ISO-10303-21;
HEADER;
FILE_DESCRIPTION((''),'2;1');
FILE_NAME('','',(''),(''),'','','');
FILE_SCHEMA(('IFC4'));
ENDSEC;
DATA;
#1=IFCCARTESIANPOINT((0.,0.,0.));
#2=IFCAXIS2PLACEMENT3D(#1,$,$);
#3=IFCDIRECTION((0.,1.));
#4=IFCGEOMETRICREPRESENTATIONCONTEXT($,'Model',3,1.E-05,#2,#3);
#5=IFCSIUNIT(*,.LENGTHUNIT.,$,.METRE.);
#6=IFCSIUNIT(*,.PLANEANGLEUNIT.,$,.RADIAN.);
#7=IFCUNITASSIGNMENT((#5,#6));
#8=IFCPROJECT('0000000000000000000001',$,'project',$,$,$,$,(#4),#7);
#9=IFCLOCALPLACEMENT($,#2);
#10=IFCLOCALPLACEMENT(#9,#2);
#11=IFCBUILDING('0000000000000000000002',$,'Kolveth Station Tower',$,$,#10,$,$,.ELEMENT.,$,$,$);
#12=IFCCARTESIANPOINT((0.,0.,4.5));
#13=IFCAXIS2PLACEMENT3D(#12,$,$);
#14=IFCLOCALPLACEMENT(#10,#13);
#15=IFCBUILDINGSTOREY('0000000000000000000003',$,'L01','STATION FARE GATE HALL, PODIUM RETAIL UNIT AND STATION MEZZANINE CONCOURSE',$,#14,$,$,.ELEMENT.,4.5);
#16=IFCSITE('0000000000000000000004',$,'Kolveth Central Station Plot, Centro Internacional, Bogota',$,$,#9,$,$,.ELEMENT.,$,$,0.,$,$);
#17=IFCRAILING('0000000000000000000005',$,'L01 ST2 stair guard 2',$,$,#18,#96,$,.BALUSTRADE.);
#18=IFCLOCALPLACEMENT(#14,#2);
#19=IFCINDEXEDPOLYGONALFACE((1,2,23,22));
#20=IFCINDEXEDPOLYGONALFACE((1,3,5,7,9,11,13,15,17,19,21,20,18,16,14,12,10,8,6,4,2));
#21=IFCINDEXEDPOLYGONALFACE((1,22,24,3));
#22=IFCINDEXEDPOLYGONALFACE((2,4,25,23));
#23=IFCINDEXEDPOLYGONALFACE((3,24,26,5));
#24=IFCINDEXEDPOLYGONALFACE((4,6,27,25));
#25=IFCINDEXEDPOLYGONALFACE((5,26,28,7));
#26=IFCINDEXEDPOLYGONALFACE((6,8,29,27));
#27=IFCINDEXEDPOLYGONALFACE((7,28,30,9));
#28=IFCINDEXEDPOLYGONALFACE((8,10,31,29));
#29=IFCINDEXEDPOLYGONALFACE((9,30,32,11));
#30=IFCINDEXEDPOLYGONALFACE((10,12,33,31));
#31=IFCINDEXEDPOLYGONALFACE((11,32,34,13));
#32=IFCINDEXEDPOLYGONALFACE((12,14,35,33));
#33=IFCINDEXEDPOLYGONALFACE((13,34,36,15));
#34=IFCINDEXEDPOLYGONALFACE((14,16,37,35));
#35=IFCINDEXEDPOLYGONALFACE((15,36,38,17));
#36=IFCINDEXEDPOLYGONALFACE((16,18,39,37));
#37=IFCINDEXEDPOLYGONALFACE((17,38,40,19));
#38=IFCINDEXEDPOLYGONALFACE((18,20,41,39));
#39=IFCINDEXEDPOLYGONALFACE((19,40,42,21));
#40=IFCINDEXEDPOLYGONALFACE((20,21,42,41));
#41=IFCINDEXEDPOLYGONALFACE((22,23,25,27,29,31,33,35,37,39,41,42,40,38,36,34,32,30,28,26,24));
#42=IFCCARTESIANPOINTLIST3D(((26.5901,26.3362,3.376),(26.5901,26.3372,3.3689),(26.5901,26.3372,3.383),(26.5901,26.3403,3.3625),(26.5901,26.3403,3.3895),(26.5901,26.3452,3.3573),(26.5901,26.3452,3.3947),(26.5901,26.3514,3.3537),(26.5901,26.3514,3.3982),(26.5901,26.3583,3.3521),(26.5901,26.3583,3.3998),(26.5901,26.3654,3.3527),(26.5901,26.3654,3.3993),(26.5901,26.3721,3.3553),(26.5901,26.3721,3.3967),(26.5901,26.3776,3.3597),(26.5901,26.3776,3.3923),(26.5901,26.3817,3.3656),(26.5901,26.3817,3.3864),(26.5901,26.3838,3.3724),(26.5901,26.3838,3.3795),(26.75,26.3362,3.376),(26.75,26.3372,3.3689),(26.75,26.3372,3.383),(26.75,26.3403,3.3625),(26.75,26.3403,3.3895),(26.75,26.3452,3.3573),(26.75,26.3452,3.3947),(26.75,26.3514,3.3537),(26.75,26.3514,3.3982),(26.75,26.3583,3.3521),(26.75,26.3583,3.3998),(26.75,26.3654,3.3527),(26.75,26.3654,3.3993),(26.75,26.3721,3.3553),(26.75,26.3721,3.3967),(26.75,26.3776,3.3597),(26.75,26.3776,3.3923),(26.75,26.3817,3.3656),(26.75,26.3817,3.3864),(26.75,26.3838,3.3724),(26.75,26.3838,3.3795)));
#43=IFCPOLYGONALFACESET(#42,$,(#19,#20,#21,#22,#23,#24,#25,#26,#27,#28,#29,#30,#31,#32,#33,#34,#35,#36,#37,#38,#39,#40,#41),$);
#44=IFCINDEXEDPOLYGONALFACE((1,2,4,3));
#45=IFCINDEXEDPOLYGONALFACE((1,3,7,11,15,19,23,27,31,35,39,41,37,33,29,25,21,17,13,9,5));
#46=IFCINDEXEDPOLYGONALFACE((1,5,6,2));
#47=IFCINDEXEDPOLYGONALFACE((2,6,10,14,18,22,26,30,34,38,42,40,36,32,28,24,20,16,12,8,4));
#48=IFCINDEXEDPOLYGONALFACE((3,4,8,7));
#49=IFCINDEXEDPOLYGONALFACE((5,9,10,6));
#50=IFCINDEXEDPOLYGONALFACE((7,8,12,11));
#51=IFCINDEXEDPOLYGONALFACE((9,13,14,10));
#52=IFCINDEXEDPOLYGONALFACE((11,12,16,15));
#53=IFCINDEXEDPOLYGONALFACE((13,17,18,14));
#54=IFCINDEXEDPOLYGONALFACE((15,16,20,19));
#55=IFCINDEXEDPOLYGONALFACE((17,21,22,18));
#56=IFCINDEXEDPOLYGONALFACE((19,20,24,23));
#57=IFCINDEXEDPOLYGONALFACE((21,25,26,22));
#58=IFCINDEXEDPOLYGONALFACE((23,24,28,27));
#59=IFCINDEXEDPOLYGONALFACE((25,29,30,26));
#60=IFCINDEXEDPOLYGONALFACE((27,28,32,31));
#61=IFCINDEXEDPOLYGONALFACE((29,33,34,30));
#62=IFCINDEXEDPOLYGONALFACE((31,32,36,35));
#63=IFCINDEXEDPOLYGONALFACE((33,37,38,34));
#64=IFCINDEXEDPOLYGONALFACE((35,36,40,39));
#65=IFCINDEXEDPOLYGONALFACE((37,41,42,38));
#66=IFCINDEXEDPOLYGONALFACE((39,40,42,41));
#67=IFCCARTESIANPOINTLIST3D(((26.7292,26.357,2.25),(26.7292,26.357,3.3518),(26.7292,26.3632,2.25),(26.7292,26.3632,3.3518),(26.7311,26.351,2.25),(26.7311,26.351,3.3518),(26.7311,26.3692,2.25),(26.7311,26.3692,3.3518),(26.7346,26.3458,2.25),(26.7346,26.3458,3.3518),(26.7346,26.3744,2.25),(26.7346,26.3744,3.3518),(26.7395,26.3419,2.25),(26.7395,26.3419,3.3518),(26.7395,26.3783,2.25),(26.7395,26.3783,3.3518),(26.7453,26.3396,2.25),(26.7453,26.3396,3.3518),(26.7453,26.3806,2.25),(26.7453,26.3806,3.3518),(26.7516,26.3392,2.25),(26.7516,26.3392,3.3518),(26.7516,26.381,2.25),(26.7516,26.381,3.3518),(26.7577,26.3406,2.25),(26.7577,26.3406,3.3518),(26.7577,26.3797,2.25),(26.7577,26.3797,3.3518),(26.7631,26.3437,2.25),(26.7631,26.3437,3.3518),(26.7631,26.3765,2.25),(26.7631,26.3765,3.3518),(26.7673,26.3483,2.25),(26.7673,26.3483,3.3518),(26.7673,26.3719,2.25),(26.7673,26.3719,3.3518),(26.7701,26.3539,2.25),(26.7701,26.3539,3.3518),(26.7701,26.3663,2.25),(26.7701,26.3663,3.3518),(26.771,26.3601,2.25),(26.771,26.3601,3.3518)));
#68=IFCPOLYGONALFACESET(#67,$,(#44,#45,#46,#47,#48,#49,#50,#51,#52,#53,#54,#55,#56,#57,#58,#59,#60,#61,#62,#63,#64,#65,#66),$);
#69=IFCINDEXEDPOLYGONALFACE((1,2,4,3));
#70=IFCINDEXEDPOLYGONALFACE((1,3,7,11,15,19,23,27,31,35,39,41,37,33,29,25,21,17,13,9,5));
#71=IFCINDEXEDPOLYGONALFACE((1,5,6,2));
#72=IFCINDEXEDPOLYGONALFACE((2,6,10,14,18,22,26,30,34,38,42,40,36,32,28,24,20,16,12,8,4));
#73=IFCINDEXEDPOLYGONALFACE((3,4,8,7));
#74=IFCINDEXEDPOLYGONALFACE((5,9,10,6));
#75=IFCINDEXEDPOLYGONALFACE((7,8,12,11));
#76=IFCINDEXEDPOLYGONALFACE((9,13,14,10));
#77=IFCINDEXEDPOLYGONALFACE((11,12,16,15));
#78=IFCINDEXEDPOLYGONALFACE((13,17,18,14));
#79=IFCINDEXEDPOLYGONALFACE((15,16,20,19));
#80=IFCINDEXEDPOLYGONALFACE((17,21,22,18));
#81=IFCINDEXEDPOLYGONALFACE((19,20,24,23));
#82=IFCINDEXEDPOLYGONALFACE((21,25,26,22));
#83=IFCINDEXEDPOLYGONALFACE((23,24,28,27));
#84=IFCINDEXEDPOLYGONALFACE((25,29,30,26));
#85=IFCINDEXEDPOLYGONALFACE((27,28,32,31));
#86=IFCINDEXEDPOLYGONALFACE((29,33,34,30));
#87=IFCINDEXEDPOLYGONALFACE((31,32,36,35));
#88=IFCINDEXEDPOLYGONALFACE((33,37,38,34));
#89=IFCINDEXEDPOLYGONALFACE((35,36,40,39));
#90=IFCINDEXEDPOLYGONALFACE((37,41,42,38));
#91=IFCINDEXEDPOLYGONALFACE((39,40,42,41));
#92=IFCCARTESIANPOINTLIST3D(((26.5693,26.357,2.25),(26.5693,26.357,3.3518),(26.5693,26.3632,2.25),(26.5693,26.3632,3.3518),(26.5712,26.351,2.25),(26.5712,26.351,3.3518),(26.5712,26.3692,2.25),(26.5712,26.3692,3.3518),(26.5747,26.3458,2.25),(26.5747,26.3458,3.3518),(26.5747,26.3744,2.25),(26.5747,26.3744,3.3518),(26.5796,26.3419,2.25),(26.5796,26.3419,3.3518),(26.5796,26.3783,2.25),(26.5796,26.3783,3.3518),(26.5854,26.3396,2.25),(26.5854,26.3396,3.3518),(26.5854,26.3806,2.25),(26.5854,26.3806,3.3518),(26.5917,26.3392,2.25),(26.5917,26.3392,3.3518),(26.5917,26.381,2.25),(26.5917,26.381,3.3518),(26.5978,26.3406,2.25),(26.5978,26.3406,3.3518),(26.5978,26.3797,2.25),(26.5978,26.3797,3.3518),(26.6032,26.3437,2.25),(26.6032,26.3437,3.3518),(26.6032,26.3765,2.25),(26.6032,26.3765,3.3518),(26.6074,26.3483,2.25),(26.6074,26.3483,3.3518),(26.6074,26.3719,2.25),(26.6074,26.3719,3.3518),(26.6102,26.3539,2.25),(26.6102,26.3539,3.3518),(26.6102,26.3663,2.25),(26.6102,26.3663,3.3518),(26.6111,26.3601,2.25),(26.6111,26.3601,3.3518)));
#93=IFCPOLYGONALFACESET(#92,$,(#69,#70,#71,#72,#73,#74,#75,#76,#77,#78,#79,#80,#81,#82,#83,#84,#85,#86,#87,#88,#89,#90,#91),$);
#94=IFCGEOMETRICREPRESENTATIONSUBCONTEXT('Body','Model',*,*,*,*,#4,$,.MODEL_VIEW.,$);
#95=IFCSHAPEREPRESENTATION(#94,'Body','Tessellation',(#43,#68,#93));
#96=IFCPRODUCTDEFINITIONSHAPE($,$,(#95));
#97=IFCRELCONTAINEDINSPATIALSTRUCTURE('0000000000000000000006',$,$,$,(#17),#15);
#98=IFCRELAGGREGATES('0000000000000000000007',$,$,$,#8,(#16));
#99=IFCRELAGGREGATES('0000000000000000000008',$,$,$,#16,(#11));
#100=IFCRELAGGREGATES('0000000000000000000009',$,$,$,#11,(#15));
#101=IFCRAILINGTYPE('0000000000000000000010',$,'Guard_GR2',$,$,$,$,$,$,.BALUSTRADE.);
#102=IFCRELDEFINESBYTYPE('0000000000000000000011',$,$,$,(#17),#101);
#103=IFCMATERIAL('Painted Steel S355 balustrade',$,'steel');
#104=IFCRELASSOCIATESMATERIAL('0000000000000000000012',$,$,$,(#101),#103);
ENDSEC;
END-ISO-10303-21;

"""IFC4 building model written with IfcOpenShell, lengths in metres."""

from ifc_helpers import new_model, si_unit, direction, frame, origin, origin_2d, place, context, subcontext, project, spatial, circle, extrude, material, type_object, element, save


model = new_model("IFC4")

# Units and contexts
model_context = context("Model", 3, precision=1e-05, world=origin(), true_north=direction((0.0, 1.0)))
body_context = subcontext(model_context, "Body", "Model", "MODEL_VIEW")
ifc_project = project(units=[si_unit("LENGTHUNIT", "METRE"), si_unit("PLANEANGLEUNIT", "RADIAN")], contexts=[model_context])

# Site, building, storey
site_placement = place(None, origin())
site = spatial("IfcSite", under=ifc_project, at=site_placement, Name="Kolveth Central Station Plot, Centro Internacional, Bogota", CompositionType="ELEMENT", RefElevation=0.0)
building_placement = place(site_placement, origin())
building = spatial("IfcBuilding", under=site, at=building_placement, Name="Kolveth Station Tower", CompositionType="ELEMENT")
storey_placement = place(building_placement, frame((0.0, 0.0, 4.5)))
storey = spatial("IfcBuildingStorey", under=building, at=storey_placement, Name="L01", Description="STATION FARE GATE HALL, PODIUM RETAIL UNIT AND STATION MEZZANINE CONCOURSE", CompositionType="ELEMENT", Elevation=4.5)

# Railing
ifc_material_1 = material(Name="Painted Steel S355 balustrade", Category="steel")
railing_type_1 = type_object("IfcRailingType", Name="Guard_GR2", PredefinedType="BALUSTRADE", material=ifc_material_1)
railing_1_placement = place(storey_placement, frame((26.75, 26.3601, 2.25)))
element("IfcRailing", 1, at=railing_1_placement, inside=storey, type_object=railing_type_1, Name="L01 ST2 stair guard 2", PredefinedType="BALUSTRADE", context=body_context, shape_type="SweptSolid", body=[
    extrude(circle(Radius=0.0239, at=origin_2d()), frame((0.0, 0.0, 1.126), z_axis=(-1.0, 0.0, 0.0), x_axis=(0.0, -1.0, 0.0)), (0.0, 0.0, 1.0), 0.1599),
    extrude(circle(Radius=0.021, at=origin_2d()), origin(), (0.0, 0.0, 1.0), 1.1018),
    extrude(circle(Radius=0.021, at=origin_2d()), frame((-0.1599, 0.0, 0.0)), (0.0, 0.0, 1.0), 1.1018),
])

save(model, "model.ifc")
